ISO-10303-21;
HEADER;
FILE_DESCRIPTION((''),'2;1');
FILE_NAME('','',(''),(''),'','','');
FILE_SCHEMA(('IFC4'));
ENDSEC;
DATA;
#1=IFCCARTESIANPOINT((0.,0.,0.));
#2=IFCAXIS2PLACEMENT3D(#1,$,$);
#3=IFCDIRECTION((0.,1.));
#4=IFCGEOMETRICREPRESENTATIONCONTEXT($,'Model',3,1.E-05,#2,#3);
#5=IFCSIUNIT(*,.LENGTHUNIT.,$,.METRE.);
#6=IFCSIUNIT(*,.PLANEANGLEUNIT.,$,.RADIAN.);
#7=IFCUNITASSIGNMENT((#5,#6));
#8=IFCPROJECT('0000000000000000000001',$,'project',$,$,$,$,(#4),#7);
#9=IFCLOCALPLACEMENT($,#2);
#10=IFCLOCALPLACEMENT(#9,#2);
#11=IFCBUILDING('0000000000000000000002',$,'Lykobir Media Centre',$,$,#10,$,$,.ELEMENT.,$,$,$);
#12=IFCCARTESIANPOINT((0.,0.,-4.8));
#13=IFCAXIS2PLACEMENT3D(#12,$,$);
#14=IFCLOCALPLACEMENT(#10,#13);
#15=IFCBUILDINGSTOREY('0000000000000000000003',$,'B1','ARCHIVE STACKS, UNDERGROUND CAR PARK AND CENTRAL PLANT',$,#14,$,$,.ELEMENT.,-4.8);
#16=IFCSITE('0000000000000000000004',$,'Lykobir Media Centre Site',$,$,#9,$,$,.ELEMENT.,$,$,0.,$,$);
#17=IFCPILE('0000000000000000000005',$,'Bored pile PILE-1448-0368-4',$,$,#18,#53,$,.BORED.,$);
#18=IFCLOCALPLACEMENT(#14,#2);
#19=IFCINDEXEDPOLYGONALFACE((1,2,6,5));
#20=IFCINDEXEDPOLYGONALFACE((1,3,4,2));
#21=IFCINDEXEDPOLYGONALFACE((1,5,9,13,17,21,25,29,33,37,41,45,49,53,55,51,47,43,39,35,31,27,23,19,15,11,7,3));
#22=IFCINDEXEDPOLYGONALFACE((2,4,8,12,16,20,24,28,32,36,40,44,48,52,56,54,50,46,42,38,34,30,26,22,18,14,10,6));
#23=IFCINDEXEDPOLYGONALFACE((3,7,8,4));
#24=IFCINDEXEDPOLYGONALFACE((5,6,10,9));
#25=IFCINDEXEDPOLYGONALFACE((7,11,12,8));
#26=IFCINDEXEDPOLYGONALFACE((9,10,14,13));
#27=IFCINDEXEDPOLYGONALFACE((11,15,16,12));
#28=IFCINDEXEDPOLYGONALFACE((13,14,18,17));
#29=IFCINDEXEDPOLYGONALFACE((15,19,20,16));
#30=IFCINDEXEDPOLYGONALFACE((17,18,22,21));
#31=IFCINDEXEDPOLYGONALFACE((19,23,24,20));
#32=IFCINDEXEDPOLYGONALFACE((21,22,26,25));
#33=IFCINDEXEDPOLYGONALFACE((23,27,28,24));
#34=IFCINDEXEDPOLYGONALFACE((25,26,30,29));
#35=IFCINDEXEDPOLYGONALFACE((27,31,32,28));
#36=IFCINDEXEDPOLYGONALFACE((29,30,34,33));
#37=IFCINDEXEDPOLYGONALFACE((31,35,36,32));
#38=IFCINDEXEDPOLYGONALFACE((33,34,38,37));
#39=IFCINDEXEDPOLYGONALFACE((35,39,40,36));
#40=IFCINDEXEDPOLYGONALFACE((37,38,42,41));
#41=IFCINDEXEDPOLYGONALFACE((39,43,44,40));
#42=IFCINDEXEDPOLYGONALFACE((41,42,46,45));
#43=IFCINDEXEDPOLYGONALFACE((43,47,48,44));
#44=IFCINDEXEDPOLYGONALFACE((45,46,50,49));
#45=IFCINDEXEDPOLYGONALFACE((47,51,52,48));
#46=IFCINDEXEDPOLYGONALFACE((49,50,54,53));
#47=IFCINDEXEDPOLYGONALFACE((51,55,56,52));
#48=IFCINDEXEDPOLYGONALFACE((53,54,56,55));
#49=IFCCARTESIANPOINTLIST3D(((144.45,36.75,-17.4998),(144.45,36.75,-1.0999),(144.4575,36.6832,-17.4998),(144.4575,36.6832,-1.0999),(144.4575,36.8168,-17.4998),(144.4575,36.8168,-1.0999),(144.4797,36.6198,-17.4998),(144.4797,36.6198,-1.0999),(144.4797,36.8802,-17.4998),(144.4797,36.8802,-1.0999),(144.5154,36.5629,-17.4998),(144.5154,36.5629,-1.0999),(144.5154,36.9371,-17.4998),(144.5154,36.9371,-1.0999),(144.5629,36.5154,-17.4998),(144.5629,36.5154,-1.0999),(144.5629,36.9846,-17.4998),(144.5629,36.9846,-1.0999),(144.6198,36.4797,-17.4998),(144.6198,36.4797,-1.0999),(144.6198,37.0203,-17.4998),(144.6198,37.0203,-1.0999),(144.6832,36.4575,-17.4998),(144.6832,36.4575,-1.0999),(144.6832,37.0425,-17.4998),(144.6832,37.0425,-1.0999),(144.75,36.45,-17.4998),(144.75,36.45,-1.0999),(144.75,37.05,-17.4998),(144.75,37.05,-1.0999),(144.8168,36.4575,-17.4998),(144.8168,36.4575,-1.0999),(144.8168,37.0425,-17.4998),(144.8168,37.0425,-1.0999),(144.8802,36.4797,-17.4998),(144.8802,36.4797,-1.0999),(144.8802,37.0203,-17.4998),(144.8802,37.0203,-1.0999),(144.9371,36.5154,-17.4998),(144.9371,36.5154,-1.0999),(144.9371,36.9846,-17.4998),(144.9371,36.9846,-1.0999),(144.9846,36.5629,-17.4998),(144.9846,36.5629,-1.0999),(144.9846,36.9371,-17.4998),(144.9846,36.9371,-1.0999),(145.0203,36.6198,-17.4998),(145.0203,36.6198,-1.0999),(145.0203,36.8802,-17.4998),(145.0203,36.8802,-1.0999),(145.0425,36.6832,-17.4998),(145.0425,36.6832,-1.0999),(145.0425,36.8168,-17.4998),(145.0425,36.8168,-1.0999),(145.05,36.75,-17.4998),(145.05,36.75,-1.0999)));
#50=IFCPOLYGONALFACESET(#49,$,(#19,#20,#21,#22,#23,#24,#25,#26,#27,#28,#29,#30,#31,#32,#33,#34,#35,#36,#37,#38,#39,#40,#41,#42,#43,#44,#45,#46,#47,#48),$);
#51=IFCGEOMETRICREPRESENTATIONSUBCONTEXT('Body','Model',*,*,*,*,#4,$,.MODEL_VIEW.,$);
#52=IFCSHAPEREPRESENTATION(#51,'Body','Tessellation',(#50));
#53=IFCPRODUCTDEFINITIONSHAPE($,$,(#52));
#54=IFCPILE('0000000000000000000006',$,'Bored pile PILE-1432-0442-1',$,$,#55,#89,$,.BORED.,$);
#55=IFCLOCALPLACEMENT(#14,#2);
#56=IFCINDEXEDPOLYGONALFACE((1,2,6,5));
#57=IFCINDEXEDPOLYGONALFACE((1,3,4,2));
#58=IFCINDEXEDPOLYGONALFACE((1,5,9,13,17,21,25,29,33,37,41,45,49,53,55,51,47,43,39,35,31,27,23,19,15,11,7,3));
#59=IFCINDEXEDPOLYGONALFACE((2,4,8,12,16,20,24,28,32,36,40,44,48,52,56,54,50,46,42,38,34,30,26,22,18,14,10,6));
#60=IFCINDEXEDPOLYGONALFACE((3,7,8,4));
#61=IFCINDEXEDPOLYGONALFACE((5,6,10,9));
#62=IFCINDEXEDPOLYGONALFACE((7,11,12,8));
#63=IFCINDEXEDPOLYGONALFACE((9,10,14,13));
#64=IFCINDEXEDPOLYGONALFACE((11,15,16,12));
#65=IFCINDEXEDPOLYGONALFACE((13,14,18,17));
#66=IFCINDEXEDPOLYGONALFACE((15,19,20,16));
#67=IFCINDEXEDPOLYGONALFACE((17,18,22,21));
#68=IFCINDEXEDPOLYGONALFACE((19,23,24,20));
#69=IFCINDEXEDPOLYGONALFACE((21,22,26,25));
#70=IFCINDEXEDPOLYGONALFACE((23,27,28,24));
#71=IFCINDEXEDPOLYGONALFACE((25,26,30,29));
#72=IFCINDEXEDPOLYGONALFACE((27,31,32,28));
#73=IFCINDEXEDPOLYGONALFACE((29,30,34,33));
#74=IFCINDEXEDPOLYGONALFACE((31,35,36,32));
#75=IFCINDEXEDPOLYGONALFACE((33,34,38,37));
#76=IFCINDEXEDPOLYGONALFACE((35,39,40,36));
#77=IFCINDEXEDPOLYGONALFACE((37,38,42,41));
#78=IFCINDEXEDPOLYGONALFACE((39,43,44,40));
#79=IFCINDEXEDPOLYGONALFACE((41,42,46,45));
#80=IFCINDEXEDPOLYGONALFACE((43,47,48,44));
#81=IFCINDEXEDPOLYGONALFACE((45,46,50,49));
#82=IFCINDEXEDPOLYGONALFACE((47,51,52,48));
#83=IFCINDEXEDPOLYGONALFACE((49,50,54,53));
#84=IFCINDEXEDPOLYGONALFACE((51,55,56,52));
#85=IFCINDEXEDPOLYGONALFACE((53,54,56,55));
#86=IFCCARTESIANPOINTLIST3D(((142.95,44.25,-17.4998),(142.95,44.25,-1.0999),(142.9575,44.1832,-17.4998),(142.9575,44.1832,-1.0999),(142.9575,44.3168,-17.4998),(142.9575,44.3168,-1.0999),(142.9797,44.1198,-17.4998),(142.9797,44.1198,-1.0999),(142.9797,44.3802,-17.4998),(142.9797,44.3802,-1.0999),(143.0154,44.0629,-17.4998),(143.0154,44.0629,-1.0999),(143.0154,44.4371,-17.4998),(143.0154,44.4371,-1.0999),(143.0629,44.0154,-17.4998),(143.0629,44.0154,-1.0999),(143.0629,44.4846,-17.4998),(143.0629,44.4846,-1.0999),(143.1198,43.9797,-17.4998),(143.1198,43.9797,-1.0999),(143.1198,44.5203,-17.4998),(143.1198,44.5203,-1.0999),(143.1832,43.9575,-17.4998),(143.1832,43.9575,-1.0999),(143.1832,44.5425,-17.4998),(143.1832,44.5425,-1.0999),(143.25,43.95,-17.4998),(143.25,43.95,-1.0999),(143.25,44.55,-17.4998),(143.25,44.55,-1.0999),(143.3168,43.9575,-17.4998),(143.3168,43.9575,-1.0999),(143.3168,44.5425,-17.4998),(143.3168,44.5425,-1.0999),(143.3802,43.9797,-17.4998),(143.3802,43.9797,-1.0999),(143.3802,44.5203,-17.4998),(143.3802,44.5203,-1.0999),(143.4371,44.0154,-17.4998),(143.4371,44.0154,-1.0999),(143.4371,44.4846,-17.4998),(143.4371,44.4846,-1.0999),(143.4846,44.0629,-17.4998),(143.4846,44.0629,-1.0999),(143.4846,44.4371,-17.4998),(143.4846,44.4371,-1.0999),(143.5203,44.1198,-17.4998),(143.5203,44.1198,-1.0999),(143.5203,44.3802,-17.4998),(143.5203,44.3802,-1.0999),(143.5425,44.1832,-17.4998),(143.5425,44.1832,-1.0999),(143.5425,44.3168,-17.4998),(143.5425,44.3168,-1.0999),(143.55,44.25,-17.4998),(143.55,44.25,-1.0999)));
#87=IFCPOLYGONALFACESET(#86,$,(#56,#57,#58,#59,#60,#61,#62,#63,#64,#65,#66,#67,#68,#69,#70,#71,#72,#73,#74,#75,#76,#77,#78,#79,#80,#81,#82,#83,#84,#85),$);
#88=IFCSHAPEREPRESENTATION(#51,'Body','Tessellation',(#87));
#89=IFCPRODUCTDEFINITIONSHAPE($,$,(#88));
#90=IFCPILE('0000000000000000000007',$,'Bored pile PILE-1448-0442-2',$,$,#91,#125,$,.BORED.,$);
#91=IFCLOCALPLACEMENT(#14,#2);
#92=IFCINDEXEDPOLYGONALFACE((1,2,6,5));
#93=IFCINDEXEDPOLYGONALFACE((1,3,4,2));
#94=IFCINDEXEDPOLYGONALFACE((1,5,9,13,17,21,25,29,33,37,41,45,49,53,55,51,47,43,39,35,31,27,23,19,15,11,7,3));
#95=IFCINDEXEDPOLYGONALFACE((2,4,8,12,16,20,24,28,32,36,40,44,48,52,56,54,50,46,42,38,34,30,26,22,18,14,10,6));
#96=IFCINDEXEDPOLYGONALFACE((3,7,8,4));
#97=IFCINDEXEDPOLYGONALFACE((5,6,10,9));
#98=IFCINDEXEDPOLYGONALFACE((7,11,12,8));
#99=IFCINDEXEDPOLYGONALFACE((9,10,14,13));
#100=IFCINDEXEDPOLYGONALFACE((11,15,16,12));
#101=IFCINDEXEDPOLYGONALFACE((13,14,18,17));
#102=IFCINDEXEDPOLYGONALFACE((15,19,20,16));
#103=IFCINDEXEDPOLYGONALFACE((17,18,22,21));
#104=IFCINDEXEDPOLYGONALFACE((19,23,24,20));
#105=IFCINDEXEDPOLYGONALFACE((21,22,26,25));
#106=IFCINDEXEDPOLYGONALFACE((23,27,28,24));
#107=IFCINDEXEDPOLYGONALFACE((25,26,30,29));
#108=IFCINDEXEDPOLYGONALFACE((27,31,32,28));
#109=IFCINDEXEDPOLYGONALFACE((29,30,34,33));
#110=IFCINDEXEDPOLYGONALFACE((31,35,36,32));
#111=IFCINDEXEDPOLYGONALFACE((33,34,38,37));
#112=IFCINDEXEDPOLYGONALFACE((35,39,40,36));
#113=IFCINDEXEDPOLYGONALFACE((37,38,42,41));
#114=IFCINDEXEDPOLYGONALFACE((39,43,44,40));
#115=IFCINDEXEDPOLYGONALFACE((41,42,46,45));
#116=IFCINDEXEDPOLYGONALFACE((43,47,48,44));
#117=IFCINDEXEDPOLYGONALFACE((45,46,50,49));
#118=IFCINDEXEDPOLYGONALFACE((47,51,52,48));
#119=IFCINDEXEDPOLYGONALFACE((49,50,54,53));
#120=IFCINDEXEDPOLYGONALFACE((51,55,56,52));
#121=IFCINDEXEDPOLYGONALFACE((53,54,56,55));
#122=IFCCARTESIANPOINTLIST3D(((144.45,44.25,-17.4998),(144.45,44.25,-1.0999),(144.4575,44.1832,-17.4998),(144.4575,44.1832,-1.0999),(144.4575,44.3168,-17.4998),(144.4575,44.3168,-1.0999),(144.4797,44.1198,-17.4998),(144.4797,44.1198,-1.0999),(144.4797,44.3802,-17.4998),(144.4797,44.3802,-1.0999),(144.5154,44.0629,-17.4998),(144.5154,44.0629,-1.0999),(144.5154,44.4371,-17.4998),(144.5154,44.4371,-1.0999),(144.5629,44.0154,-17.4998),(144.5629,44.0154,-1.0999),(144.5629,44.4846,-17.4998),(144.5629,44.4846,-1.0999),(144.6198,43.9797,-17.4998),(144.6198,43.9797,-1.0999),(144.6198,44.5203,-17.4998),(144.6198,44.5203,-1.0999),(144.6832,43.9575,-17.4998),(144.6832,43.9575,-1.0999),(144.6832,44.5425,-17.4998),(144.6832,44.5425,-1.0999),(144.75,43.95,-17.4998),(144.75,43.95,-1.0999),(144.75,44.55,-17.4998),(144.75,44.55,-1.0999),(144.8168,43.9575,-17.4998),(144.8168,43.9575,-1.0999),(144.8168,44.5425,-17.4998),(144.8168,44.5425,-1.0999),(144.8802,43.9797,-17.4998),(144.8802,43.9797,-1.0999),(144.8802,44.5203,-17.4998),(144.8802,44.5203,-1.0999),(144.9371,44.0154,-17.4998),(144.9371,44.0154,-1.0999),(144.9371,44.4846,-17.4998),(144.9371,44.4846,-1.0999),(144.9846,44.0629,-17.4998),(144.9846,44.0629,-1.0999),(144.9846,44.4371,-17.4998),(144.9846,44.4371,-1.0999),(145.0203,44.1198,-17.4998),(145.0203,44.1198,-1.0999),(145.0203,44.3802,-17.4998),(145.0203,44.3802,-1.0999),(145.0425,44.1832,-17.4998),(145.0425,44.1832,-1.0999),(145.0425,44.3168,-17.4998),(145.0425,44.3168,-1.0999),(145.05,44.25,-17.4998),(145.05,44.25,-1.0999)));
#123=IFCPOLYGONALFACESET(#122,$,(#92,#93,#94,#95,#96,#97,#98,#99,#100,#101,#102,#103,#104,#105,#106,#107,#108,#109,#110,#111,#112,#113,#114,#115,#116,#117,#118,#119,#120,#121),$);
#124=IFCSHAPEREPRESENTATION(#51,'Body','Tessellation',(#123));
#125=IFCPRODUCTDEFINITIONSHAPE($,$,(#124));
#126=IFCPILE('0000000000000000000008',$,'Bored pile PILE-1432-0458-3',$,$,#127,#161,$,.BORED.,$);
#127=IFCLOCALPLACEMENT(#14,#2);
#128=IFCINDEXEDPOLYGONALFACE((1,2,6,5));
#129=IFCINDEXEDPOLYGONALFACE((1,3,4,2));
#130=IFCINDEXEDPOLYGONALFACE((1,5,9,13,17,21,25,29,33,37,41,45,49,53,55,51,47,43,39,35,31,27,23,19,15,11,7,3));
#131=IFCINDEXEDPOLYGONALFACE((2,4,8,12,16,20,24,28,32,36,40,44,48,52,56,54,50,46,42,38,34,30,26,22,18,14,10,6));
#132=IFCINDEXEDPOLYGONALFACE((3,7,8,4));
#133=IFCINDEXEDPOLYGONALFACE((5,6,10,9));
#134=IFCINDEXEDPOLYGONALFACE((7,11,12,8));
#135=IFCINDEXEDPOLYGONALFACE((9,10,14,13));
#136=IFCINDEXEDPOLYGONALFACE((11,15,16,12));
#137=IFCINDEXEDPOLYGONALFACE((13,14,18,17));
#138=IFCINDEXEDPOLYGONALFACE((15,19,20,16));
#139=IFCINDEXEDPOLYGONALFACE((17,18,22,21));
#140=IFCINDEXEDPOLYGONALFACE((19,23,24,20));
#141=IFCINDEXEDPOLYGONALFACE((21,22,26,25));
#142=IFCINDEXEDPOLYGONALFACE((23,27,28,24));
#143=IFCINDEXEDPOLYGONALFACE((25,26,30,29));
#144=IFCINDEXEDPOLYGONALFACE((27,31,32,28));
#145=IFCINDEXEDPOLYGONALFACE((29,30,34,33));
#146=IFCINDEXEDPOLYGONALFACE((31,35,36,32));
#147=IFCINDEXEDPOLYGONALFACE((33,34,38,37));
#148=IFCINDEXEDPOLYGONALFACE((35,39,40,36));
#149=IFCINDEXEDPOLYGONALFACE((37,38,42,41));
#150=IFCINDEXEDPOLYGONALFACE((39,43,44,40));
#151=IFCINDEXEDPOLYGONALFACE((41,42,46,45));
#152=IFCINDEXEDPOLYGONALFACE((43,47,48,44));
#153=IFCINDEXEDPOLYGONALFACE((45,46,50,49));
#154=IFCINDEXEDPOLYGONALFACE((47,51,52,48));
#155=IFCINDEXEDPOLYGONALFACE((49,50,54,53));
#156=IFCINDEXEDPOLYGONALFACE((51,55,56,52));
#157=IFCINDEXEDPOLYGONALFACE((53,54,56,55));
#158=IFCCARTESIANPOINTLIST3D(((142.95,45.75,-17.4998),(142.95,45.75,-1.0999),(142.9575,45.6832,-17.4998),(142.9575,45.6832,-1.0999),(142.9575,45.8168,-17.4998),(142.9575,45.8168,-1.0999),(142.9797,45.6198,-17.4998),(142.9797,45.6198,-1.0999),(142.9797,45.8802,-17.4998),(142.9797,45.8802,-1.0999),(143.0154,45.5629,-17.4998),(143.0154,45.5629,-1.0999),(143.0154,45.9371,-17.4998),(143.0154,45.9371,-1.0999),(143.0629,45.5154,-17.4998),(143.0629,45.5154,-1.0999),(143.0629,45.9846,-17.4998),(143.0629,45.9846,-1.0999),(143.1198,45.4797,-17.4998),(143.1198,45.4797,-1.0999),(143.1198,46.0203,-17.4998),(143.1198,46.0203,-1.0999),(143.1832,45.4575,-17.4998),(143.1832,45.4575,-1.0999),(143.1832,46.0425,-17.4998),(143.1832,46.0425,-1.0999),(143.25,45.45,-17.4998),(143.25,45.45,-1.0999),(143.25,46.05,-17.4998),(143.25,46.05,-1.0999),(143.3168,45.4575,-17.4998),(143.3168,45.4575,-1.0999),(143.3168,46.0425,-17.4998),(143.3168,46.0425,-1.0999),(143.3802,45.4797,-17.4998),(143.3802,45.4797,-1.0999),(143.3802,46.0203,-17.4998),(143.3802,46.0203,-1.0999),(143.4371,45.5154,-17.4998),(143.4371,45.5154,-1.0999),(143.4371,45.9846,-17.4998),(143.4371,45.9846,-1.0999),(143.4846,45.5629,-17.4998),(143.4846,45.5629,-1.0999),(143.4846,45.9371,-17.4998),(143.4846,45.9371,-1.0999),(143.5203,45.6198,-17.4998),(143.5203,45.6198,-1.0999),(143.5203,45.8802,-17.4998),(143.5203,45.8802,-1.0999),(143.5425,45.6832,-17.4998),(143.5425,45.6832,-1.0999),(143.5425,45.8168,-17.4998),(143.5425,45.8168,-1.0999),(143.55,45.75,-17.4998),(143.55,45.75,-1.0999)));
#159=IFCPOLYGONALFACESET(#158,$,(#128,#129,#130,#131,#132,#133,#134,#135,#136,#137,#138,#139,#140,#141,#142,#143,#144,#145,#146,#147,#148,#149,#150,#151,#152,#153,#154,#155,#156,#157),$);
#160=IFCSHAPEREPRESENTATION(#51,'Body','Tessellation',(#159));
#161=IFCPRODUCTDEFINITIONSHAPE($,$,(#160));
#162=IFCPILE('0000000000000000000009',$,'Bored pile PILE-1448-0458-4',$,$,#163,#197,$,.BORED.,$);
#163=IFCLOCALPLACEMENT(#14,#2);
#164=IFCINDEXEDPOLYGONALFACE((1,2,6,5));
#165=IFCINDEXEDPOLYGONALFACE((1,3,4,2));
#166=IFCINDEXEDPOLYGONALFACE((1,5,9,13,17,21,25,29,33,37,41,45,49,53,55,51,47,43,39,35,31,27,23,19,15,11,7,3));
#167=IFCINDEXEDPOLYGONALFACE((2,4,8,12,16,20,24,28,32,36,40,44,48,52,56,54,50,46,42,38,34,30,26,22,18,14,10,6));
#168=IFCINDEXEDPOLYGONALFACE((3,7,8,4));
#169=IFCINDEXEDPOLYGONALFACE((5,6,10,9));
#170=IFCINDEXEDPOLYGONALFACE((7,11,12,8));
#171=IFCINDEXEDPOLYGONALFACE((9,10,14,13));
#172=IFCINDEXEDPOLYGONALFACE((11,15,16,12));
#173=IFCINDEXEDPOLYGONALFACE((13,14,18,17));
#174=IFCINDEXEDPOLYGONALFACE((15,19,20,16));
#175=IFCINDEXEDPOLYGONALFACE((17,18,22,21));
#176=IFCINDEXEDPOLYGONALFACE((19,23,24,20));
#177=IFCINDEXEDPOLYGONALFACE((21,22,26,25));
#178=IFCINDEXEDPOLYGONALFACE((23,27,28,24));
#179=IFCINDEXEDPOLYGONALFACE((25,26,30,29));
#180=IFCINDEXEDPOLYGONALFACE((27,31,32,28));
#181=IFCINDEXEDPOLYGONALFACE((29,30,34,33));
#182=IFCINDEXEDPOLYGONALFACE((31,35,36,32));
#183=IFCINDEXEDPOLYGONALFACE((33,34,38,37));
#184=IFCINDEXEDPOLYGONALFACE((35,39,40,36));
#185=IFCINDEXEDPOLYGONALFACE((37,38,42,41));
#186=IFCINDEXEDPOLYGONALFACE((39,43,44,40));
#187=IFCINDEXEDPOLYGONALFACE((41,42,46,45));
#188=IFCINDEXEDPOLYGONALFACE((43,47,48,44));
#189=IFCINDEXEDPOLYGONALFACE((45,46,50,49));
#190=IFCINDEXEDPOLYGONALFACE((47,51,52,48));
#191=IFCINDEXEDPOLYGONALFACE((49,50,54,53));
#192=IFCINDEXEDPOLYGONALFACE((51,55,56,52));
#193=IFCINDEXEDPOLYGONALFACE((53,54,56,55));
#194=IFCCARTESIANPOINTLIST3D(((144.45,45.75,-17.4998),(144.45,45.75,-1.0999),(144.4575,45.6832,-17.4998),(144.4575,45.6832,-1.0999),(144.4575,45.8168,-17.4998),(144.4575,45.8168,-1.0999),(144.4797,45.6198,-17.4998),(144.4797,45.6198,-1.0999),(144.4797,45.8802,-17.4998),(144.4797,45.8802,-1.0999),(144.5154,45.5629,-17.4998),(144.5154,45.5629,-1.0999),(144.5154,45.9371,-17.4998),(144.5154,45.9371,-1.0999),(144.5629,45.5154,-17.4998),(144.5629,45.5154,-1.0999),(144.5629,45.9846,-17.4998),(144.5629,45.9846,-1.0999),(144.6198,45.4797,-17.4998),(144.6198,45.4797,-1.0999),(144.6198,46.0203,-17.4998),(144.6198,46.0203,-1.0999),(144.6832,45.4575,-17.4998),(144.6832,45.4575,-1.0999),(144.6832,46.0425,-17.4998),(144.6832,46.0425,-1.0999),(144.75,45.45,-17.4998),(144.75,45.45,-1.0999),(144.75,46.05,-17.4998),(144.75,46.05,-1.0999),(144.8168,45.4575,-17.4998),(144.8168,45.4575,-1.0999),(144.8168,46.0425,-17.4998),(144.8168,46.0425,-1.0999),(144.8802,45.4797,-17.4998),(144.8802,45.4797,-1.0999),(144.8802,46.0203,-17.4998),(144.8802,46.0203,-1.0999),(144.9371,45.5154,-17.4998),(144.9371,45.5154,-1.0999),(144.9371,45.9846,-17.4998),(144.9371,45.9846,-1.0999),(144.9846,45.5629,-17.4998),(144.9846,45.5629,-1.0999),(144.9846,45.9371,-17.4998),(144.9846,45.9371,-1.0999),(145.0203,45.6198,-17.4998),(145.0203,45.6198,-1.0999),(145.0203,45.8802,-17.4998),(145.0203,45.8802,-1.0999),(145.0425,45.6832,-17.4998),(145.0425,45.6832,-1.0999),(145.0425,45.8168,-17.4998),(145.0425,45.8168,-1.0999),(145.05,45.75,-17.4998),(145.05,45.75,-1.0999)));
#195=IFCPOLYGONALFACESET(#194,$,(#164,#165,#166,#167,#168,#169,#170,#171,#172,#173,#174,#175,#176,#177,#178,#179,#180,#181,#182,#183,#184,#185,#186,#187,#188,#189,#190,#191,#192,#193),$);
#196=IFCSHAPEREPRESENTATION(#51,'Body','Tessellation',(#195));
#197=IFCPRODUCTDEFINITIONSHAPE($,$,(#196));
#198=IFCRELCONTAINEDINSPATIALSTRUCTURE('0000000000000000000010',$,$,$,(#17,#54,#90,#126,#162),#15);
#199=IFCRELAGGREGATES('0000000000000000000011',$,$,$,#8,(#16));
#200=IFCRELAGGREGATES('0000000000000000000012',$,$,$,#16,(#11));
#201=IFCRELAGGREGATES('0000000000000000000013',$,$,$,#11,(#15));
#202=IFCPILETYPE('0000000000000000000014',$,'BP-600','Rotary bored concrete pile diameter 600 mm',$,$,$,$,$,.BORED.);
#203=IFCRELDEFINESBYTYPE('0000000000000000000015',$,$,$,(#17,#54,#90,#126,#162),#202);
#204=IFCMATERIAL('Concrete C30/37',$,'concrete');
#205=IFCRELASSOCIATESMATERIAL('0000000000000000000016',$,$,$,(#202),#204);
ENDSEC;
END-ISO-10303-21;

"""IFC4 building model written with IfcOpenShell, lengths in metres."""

from ifc_helpers import new_model, si_unit, direction, frame, origin, origin_2d, place, context, subcontext, project, spatial, circle, extrude, material, material_profile, profile_set, type_object, element, save


model = new_model("IFC4")

# Units and contexts
model_context = context("Model", 3, precision=1e-05, world=origin(), true_north=direction((0.0, 1.0)))
body_context = subcontext(model_context, "Body", "Model", "MODEL_VIEW")
ifc_project = project(units=[si_unit("LENGTHUNIT", "METRE"), si_unit("PLANEANGLEUNIT", "RADIAN")], contexts=[model_context])

# Site, building, storey
site_placement = place(None, origin())
site = spatial("IfcSite", under=ifc_project, at=site_placement, Name="Lykobir Media Centre Site", CompositionType="ELEMENT", RefElevation=0.0)
building_placement = place(site_placement, origin())
building = spatial("IfcBuilding", under=site, at=building_placement, Name="Lykobir Media Centre", CompositionType="ELEMENT")
storey_placement = place(building_placement, frame((0.0, 0.0, -4.8)))
storey = spatial("IfcBuildingStorey", under=building, at=storey_placement, Name="B1", Description="ARCHIVE STACKS, UNDERGROUND CAR PARK AND CENTRAL PLANT", CompositionType="ELEMENT", Elevation=-4.8)

# Piles
ifc_material_1 = material(Name="Concrete C30/37", Category="concrete")
ifc_material_profile_1 = material_profile(ifc_material_1, circle(Radius=0.3, at=origin_2d()), Name="BORED PILE D600")
ifc_profile_set_1 = profile_set([ifc_material_profile_1], Name="Concrete C30/37")
pile_type = type_object("IfcPileType", Name="BP-600", Description="Rotary bored concrete pile diameter 600 mm", PredefinedType="BORED", material=ifc_profile_set_1)
for number, where, z_axis, x_axis, name in (
    (1, (144.75, 36.75, -1.0999), (0.0, 0.0, -1.0), (1.0, 0.0, 0.0), "Bored pile PILE-1448-0368-4"),
    (2, (143.25, 44.25, -1.0999), (0.0, 0.0, -1.0), (1.0, 0.0, 0.0), "Bored pile PILE-1432-0442-1"),
    (3, (144.75, 44.25, -1.0999), (0.0, 0.0, -1.0), (1.0, 0.0, 0.0), "Bored pile PILE-1448-0442-2"),
    (4, (143.25, 45.75, -1.0999), (0.0, 0.0, -1.0), (1.0, 0.0, 0.0), "Bored pile PILE-1432-0458-3"),
    (5, (144.75, 45.75, -1.0999), (0.0, 0.0, -1.0), (1.0, 0.0, 0.0), "Bored pile PILE-1448-0458-4"),
):
    element("IfcPile", number, at=place(storey_placement, frame(where, z_axis=z_axis, x_axis=x_axis)), inside=storey, type_object=pile_type, Name=name, PredefinedType="BORED", context=body_context, shape_type="SweptSolid", body=[
        extrude(circle(Radius=0.3, at=origin_2d()), origin(), (0.0, 0.0, 1.0), 16.3999),
    ])

save(model, "model.ifc")
